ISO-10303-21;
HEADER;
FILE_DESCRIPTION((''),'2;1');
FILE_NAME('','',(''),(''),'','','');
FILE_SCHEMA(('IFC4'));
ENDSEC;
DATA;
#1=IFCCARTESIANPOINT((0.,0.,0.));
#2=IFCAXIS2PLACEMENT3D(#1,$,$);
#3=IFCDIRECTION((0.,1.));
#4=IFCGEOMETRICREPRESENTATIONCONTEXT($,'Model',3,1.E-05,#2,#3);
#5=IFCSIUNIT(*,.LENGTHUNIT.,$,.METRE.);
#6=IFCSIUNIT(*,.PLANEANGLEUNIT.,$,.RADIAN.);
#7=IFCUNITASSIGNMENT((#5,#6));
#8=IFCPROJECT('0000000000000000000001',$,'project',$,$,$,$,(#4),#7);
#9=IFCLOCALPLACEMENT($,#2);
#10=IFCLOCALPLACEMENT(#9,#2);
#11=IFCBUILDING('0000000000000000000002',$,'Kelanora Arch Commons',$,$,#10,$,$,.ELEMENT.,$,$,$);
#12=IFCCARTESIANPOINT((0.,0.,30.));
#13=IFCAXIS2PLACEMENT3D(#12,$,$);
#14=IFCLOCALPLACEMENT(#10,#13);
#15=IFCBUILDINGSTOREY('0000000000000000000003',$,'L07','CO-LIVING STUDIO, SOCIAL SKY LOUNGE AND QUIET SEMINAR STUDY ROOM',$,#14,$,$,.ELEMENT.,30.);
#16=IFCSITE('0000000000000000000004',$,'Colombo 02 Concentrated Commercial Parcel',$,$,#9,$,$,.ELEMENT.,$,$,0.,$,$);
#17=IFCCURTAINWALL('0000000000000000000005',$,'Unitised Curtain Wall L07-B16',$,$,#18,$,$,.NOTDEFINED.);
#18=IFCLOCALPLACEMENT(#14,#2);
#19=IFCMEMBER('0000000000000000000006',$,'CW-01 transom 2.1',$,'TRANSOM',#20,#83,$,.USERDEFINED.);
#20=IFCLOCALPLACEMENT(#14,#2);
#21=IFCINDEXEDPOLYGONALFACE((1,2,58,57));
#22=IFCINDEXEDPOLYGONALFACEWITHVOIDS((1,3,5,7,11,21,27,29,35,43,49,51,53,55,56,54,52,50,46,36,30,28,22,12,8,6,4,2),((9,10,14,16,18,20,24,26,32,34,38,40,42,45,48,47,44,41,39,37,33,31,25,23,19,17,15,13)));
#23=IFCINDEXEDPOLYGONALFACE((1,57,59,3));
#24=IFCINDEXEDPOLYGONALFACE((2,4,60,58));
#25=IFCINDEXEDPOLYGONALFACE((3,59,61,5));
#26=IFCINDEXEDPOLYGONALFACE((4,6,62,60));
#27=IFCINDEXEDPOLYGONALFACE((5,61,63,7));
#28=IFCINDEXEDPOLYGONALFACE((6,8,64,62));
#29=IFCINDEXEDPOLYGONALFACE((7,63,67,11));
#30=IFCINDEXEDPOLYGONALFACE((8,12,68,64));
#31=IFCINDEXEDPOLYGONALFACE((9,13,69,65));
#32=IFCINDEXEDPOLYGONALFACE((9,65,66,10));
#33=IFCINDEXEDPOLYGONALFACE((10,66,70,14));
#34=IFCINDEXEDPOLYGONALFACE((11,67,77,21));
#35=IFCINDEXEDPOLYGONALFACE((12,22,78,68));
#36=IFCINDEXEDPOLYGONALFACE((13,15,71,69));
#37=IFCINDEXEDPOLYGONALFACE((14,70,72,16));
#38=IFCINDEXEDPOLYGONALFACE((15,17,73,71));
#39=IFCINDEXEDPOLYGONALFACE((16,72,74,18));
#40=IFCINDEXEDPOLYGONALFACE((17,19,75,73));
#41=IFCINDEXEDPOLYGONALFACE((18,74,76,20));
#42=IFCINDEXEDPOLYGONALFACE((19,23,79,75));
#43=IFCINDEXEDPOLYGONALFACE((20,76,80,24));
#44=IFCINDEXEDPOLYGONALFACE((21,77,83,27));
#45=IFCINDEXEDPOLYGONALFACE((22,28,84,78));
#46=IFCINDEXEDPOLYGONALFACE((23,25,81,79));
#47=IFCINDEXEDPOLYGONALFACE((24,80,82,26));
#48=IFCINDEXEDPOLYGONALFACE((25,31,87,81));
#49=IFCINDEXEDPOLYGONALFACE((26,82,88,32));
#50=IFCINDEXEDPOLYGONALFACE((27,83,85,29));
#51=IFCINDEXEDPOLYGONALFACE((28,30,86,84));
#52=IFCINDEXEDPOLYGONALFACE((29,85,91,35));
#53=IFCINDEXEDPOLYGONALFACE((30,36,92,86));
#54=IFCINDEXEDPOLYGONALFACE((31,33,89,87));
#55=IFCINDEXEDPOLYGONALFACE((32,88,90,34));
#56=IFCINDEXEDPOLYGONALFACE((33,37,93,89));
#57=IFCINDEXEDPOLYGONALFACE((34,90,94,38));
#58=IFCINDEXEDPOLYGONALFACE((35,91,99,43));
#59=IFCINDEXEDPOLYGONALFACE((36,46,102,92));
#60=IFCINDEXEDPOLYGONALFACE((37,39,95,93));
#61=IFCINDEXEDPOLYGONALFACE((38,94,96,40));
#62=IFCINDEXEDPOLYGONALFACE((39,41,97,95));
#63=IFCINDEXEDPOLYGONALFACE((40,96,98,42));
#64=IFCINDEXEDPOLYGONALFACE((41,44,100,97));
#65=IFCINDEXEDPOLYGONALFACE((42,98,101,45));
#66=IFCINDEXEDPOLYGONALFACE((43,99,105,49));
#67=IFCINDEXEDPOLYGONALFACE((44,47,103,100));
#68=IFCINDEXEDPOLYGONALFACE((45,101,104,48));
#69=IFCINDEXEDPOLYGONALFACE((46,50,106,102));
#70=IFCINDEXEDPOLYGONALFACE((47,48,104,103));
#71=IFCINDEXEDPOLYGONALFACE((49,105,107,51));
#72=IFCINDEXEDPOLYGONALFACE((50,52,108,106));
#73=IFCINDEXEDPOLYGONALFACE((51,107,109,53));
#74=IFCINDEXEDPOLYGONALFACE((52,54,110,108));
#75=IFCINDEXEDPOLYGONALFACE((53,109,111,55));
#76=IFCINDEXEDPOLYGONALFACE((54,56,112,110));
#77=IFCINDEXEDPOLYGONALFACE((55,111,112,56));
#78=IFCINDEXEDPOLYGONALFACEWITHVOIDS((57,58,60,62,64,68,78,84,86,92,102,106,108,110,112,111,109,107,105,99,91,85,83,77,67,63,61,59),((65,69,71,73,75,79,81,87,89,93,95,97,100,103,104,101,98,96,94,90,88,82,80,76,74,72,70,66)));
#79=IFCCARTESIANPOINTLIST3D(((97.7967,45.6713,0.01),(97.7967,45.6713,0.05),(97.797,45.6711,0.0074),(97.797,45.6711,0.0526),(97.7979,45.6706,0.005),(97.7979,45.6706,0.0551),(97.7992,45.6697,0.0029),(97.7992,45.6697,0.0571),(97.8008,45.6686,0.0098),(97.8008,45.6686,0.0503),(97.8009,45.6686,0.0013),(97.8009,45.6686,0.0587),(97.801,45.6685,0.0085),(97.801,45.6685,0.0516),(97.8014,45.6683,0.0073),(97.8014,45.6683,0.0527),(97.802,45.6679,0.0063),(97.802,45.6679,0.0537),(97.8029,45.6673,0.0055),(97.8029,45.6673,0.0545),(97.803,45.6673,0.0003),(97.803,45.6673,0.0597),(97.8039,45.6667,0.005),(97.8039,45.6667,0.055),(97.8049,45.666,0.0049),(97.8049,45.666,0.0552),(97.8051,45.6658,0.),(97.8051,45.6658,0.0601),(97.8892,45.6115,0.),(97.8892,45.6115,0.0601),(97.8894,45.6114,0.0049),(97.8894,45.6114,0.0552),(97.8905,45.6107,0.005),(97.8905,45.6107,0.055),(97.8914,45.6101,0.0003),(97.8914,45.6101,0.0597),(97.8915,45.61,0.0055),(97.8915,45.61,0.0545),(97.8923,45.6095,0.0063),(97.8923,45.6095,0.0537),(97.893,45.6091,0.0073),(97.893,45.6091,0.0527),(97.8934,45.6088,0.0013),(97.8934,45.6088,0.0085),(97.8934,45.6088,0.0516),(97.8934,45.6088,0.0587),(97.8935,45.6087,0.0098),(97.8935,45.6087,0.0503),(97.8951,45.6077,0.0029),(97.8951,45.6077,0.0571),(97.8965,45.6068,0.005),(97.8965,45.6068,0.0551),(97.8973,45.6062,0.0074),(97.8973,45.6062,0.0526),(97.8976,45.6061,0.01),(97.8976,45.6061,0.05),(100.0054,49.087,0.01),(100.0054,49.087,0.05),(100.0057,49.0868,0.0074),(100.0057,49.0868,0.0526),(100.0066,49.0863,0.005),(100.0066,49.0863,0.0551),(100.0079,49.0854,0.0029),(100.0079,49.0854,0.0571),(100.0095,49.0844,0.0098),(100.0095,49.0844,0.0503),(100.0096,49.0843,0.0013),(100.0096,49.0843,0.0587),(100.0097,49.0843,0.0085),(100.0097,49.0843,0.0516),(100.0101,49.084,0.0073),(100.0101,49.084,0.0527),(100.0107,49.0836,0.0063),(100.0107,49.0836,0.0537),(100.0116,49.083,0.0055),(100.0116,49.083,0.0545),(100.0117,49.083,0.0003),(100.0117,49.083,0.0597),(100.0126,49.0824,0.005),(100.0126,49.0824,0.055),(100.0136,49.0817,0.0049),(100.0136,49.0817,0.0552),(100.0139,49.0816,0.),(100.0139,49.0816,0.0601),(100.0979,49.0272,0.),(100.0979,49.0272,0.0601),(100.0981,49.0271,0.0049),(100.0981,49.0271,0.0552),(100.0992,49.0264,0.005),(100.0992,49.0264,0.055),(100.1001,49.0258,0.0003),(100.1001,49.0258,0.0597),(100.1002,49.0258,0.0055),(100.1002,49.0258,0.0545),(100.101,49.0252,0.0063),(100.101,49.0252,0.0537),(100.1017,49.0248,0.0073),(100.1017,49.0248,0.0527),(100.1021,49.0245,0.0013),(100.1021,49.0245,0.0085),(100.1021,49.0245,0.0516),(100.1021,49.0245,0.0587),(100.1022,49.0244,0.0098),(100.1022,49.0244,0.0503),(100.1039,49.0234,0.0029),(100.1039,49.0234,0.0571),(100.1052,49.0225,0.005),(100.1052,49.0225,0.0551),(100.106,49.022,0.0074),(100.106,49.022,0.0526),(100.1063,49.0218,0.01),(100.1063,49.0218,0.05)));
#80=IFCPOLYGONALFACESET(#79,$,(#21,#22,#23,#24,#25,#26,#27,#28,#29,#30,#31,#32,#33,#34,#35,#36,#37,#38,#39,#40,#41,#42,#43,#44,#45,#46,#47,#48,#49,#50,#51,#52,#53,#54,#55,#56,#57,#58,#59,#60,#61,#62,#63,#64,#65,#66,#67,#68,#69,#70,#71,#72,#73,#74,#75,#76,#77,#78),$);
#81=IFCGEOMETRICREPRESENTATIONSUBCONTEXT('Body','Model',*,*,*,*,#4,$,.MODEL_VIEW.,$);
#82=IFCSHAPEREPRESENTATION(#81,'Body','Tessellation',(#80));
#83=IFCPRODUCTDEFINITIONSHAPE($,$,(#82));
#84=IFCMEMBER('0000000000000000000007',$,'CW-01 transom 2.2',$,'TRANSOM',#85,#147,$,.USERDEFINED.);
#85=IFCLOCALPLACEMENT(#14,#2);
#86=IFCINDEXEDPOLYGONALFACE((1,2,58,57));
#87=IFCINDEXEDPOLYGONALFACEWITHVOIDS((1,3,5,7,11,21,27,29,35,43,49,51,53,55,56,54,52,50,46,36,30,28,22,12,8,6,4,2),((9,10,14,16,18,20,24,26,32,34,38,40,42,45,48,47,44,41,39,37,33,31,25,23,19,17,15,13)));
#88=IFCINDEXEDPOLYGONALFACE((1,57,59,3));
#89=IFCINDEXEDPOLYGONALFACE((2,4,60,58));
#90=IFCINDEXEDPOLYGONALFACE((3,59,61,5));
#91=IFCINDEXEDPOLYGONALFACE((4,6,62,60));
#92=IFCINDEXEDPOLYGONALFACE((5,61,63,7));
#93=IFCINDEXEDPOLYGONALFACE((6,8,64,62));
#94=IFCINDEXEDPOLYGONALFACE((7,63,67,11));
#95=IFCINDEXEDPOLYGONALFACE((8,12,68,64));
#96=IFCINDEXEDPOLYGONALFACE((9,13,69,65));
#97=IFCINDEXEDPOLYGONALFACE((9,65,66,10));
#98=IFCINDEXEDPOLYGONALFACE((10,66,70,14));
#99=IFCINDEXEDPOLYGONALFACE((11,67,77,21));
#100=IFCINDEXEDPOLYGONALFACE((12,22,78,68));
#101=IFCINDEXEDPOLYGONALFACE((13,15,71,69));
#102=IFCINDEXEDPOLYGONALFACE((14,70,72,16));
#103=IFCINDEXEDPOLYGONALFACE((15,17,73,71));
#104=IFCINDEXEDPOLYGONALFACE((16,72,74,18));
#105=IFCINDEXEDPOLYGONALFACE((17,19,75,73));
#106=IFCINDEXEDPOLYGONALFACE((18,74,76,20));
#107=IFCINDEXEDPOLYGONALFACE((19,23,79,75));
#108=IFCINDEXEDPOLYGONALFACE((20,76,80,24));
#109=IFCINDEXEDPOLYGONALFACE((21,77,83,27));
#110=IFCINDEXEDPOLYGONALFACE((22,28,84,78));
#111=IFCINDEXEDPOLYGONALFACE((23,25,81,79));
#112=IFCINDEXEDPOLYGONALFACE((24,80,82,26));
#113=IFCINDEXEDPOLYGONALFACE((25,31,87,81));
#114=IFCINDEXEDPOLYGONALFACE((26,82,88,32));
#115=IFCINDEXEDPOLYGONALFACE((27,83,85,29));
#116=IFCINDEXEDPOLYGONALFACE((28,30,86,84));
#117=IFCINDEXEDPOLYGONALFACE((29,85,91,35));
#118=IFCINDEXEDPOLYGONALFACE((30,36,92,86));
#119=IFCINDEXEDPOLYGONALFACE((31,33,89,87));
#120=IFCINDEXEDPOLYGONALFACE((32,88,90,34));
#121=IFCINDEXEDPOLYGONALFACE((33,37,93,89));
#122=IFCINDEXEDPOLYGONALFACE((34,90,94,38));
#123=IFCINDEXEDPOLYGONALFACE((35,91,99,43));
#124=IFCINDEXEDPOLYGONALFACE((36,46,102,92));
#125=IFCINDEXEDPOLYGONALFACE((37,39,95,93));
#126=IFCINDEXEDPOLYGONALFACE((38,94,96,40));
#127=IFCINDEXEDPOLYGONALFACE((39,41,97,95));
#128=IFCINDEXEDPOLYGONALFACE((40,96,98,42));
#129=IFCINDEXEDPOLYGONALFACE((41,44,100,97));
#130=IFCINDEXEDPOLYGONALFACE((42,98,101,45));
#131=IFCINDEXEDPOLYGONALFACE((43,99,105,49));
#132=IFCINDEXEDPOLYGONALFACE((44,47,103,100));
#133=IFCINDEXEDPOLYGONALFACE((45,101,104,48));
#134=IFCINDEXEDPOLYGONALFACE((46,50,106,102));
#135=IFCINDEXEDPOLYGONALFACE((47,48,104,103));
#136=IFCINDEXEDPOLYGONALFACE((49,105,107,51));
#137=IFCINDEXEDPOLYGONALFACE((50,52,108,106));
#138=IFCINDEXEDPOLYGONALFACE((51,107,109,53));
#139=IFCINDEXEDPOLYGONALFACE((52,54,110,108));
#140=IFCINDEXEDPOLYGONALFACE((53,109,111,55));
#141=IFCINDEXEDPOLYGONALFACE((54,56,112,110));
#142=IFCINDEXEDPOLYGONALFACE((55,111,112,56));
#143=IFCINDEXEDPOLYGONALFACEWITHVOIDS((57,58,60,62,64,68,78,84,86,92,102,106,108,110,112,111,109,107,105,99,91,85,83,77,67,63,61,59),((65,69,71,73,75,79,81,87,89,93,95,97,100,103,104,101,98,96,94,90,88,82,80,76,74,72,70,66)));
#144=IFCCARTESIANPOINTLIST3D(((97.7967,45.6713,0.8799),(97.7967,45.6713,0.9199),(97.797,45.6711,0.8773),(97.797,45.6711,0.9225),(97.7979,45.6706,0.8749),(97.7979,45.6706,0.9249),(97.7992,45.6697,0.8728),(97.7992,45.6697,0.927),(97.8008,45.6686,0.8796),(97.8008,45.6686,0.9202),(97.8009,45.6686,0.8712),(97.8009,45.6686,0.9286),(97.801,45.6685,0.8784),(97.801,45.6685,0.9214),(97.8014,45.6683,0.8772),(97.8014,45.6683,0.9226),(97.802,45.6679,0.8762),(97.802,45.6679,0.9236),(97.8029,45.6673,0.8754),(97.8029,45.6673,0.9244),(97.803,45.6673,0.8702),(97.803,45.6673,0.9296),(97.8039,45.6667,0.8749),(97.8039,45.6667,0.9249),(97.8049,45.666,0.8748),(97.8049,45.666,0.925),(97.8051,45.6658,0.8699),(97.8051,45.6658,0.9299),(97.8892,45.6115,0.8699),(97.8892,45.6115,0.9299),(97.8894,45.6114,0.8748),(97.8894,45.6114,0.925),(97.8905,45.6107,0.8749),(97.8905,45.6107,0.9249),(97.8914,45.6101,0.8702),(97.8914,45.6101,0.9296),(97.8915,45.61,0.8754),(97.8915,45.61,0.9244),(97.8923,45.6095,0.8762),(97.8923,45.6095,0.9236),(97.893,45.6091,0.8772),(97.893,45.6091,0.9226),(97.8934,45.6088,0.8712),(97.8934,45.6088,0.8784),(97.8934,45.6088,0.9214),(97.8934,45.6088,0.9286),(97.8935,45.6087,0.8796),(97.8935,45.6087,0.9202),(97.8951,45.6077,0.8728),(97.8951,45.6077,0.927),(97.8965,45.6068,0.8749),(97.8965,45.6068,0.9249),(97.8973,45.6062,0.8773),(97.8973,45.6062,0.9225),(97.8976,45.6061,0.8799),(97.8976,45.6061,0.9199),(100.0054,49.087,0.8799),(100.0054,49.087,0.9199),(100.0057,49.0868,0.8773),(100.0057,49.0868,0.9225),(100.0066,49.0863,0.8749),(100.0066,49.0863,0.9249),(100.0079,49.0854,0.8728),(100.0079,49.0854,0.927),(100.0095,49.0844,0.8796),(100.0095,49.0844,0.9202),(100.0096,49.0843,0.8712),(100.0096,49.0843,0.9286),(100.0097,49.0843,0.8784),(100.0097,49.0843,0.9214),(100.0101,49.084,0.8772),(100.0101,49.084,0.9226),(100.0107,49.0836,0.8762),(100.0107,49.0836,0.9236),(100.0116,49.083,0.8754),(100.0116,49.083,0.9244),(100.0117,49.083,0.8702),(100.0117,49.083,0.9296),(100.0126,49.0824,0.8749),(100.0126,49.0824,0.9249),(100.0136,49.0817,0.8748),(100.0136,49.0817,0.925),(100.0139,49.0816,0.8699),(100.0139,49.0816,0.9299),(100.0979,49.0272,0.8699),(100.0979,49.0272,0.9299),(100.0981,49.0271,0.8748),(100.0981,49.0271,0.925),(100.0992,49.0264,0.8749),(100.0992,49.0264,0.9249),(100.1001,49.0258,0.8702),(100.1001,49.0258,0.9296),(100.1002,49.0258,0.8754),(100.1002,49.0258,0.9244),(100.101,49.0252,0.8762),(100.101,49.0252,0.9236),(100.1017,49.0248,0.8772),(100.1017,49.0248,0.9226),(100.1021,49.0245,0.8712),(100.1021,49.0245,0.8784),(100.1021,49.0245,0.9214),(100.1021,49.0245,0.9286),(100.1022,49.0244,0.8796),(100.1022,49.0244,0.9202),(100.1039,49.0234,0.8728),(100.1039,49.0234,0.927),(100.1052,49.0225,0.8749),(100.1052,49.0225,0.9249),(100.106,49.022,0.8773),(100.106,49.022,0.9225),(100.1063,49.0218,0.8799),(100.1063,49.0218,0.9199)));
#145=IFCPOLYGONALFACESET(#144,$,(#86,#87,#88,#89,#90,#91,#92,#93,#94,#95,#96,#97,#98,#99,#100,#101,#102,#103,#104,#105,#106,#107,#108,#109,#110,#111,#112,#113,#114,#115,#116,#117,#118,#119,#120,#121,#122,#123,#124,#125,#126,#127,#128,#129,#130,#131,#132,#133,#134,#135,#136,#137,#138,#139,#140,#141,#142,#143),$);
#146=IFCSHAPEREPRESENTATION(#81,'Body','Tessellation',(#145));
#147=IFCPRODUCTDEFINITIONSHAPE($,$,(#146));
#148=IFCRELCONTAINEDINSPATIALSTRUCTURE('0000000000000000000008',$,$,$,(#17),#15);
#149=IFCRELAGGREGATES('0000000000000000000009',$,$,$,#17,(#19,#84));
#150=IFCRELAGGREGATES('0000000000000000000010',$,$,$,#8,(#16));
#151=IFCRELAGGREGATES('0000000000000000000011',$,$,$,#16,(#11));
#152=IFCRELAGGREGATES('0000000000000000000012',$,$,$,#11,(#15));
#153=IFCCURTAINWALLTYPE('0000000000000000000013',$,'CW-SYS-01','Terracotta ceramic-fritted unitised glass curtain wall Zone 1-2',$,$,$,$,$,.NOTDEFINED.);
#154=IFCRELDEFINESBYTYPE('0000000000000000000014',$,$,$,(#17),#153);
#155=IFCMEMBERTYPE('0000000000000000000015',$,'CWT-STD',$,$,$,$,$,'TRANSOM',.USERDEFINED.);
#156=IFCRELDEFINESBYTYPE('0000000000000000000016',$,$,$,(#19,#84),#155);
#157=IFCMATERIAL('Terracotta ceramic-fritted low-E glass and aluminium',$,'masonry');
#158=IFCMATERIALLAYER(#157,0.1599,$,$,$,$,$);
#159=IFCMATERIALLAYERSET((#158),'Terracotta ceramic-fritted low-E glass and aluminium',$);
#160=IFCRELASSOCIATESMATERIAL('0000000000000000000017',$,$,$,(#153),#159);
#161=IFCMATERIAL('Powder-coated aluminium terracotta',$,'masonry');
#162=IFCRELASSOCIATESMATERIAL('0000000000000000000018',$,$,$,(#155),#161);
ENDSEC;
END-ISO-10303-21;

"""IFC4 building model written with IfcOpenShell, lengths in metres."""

from ifc_helpers import new_model, si_unit, direction, frame, origin, origin_2d, place, context, subcontext, project, spatial, hollow_rectangle, extrude, material, layer, layer_set, material_profile, profile_set, type_object, element, aggregate, save


model = new_model("IFC4")

# Units and contexts
model_context = context("Model", 3, precision=1e-05, world=origin(), true_north=direction((0.0, 1.0)))
body_context = subcontext(model_context, "Body", "Model", "MODEL_VIEW")
ifc_project = project(units=[si_unit("LENGTHUNIT", "METRE"), si_unit("PLANEANGLEUNIT", "RADIAN")], contexts=[model_context])

# Site, building, storey
site_placement = place(None, origin())
site = spatial("IfcSite", under=ifc_project, at=site_placement, Name="Colombo 02 Concentrated Commercial Parcel", CompositionType="ELEMENT", RefElevation=0.0)
building_placement = place(site_placement, origin())
building = spatial("IfcBuilding", under=site, at=building_placement, Name="Kelanora Arch Commons", CompositionType="ELEMENT")
storey_placement = place(building_placement, frame((0.0, 0.0, 30.0)))
storey = spatial("IfcBuildingStorey", under=building, at=storey_placement, Name="L07", Description="CO-LIVING STUDIO, SOCIAL SKY LOUNGE AND QUIET SEMINAR STUDY ROOM", CompositionType="ELEMENT", Elevation=30.0)

# Shared definitions
ifc_material_1 = material(Name="Terracotta ceramic-fritted low-E glass and aluminium", Category="masonry")
ifc_layer_1 = layer(ifc_material_1, 0.1599)
ifc_layer_set_1 = layer_set([ifc_layer_1], Name="Terracotta ceramic-fritted low-E glass and aluminium")
curtain_wall_type = type_object("IfcCurtainWallType", Name="CW-SYS-01", Description="Terracotta ceramic-fritted unitised glass curtain wall Zone 1-2", PredefinedType="NOTDEFINED", material=ifc_layer_set_1)
ifc_material_2 = material(Name="Powder-coated aluminium terracotta", Category="masonry")

# Curtain wall, members
curtain_wall_1_placement = place(storey_placement, origin())
curtain_wall_1 = element("IfcCurtainWall", 1, at=curtain_wall_1_placement, inside=storey, type_object=curtain_wall_type, Name="Unitised Curtain Wall L07-B16", PredefinedType="NOTDEFINED")
ifc_material_profile_1 = material_profile(ifc_material_2, hollow_rectangle(XDim=0.1201, YDim=0.0601, WallThickness=0.0049, InnerFilletRadius=0.0049, OuterFilletRadius=0.01, at=origin_2d()), Name="CWT120x60")
ifc_profile_set_1 = profile_set([ifc_material_profile_1], Name="Powder-coated aluminium terracotta")
member_type_1 = type_object("IfcMemberType", Name="CWT-STD", ElementType="TRANSOM", PredefinedType="USERDEFINED", material=ifc_profile_set_1)
member_1_placement = place(storey_placement, frame((97.8472, 45.6387, 0.03), z_axis=(0.542997, 0.839734, 0.0), x_axis=(-0.839734, 0.542997, 0.0)))
member_1 = element("IfcMember", 2, at=member_1_placement, type_object=member_type_1, Name="CW-01 transom 2.1", ObjectType="TRANSOM", PredefinedType="USERDEFINED", context=body_context, shape_type="SweptSolid", body=[
    extrude(hollow_rectangle(XDim=0.1201, YDim=0.0601, WallThickness=0.0049, InnerFilletRadius=0.0049, OuterFilletRadius=0.01, at=origin_2d()), origin(), (0.0, 0.0, 1.0), 4.0676),
])
member_2_placement = place(storey_placement, frame((97.8472, 45.6387, 0.8999), z_axis=(0.542997, 0.839734, 0.0), x_axis=(-0.839734, 0.542997, 0.0)))
member_2 = element("IfcMember", 3, at=member_2_placement, type_object=member_type_1, Name="CW-01 transom 2.2", ObjectType="TRANSOM", PredefinedType="USERDEFINED", context=body_context, shape_type="SweptSolid", body=[
    extrude(hollow_rectangle(XDim=0.1201, YDim=0.0601, WallThickness=0.0049, InnerFilletRadius=0.0049, OuterFilletRadius=0.01, at=origin_2d()), origin(), (0.0, 0.0, 1.0), 4.0676),
])
aggregate(curtain_wall_1, [member_1, member_2])

save(model, "model.ifc")
